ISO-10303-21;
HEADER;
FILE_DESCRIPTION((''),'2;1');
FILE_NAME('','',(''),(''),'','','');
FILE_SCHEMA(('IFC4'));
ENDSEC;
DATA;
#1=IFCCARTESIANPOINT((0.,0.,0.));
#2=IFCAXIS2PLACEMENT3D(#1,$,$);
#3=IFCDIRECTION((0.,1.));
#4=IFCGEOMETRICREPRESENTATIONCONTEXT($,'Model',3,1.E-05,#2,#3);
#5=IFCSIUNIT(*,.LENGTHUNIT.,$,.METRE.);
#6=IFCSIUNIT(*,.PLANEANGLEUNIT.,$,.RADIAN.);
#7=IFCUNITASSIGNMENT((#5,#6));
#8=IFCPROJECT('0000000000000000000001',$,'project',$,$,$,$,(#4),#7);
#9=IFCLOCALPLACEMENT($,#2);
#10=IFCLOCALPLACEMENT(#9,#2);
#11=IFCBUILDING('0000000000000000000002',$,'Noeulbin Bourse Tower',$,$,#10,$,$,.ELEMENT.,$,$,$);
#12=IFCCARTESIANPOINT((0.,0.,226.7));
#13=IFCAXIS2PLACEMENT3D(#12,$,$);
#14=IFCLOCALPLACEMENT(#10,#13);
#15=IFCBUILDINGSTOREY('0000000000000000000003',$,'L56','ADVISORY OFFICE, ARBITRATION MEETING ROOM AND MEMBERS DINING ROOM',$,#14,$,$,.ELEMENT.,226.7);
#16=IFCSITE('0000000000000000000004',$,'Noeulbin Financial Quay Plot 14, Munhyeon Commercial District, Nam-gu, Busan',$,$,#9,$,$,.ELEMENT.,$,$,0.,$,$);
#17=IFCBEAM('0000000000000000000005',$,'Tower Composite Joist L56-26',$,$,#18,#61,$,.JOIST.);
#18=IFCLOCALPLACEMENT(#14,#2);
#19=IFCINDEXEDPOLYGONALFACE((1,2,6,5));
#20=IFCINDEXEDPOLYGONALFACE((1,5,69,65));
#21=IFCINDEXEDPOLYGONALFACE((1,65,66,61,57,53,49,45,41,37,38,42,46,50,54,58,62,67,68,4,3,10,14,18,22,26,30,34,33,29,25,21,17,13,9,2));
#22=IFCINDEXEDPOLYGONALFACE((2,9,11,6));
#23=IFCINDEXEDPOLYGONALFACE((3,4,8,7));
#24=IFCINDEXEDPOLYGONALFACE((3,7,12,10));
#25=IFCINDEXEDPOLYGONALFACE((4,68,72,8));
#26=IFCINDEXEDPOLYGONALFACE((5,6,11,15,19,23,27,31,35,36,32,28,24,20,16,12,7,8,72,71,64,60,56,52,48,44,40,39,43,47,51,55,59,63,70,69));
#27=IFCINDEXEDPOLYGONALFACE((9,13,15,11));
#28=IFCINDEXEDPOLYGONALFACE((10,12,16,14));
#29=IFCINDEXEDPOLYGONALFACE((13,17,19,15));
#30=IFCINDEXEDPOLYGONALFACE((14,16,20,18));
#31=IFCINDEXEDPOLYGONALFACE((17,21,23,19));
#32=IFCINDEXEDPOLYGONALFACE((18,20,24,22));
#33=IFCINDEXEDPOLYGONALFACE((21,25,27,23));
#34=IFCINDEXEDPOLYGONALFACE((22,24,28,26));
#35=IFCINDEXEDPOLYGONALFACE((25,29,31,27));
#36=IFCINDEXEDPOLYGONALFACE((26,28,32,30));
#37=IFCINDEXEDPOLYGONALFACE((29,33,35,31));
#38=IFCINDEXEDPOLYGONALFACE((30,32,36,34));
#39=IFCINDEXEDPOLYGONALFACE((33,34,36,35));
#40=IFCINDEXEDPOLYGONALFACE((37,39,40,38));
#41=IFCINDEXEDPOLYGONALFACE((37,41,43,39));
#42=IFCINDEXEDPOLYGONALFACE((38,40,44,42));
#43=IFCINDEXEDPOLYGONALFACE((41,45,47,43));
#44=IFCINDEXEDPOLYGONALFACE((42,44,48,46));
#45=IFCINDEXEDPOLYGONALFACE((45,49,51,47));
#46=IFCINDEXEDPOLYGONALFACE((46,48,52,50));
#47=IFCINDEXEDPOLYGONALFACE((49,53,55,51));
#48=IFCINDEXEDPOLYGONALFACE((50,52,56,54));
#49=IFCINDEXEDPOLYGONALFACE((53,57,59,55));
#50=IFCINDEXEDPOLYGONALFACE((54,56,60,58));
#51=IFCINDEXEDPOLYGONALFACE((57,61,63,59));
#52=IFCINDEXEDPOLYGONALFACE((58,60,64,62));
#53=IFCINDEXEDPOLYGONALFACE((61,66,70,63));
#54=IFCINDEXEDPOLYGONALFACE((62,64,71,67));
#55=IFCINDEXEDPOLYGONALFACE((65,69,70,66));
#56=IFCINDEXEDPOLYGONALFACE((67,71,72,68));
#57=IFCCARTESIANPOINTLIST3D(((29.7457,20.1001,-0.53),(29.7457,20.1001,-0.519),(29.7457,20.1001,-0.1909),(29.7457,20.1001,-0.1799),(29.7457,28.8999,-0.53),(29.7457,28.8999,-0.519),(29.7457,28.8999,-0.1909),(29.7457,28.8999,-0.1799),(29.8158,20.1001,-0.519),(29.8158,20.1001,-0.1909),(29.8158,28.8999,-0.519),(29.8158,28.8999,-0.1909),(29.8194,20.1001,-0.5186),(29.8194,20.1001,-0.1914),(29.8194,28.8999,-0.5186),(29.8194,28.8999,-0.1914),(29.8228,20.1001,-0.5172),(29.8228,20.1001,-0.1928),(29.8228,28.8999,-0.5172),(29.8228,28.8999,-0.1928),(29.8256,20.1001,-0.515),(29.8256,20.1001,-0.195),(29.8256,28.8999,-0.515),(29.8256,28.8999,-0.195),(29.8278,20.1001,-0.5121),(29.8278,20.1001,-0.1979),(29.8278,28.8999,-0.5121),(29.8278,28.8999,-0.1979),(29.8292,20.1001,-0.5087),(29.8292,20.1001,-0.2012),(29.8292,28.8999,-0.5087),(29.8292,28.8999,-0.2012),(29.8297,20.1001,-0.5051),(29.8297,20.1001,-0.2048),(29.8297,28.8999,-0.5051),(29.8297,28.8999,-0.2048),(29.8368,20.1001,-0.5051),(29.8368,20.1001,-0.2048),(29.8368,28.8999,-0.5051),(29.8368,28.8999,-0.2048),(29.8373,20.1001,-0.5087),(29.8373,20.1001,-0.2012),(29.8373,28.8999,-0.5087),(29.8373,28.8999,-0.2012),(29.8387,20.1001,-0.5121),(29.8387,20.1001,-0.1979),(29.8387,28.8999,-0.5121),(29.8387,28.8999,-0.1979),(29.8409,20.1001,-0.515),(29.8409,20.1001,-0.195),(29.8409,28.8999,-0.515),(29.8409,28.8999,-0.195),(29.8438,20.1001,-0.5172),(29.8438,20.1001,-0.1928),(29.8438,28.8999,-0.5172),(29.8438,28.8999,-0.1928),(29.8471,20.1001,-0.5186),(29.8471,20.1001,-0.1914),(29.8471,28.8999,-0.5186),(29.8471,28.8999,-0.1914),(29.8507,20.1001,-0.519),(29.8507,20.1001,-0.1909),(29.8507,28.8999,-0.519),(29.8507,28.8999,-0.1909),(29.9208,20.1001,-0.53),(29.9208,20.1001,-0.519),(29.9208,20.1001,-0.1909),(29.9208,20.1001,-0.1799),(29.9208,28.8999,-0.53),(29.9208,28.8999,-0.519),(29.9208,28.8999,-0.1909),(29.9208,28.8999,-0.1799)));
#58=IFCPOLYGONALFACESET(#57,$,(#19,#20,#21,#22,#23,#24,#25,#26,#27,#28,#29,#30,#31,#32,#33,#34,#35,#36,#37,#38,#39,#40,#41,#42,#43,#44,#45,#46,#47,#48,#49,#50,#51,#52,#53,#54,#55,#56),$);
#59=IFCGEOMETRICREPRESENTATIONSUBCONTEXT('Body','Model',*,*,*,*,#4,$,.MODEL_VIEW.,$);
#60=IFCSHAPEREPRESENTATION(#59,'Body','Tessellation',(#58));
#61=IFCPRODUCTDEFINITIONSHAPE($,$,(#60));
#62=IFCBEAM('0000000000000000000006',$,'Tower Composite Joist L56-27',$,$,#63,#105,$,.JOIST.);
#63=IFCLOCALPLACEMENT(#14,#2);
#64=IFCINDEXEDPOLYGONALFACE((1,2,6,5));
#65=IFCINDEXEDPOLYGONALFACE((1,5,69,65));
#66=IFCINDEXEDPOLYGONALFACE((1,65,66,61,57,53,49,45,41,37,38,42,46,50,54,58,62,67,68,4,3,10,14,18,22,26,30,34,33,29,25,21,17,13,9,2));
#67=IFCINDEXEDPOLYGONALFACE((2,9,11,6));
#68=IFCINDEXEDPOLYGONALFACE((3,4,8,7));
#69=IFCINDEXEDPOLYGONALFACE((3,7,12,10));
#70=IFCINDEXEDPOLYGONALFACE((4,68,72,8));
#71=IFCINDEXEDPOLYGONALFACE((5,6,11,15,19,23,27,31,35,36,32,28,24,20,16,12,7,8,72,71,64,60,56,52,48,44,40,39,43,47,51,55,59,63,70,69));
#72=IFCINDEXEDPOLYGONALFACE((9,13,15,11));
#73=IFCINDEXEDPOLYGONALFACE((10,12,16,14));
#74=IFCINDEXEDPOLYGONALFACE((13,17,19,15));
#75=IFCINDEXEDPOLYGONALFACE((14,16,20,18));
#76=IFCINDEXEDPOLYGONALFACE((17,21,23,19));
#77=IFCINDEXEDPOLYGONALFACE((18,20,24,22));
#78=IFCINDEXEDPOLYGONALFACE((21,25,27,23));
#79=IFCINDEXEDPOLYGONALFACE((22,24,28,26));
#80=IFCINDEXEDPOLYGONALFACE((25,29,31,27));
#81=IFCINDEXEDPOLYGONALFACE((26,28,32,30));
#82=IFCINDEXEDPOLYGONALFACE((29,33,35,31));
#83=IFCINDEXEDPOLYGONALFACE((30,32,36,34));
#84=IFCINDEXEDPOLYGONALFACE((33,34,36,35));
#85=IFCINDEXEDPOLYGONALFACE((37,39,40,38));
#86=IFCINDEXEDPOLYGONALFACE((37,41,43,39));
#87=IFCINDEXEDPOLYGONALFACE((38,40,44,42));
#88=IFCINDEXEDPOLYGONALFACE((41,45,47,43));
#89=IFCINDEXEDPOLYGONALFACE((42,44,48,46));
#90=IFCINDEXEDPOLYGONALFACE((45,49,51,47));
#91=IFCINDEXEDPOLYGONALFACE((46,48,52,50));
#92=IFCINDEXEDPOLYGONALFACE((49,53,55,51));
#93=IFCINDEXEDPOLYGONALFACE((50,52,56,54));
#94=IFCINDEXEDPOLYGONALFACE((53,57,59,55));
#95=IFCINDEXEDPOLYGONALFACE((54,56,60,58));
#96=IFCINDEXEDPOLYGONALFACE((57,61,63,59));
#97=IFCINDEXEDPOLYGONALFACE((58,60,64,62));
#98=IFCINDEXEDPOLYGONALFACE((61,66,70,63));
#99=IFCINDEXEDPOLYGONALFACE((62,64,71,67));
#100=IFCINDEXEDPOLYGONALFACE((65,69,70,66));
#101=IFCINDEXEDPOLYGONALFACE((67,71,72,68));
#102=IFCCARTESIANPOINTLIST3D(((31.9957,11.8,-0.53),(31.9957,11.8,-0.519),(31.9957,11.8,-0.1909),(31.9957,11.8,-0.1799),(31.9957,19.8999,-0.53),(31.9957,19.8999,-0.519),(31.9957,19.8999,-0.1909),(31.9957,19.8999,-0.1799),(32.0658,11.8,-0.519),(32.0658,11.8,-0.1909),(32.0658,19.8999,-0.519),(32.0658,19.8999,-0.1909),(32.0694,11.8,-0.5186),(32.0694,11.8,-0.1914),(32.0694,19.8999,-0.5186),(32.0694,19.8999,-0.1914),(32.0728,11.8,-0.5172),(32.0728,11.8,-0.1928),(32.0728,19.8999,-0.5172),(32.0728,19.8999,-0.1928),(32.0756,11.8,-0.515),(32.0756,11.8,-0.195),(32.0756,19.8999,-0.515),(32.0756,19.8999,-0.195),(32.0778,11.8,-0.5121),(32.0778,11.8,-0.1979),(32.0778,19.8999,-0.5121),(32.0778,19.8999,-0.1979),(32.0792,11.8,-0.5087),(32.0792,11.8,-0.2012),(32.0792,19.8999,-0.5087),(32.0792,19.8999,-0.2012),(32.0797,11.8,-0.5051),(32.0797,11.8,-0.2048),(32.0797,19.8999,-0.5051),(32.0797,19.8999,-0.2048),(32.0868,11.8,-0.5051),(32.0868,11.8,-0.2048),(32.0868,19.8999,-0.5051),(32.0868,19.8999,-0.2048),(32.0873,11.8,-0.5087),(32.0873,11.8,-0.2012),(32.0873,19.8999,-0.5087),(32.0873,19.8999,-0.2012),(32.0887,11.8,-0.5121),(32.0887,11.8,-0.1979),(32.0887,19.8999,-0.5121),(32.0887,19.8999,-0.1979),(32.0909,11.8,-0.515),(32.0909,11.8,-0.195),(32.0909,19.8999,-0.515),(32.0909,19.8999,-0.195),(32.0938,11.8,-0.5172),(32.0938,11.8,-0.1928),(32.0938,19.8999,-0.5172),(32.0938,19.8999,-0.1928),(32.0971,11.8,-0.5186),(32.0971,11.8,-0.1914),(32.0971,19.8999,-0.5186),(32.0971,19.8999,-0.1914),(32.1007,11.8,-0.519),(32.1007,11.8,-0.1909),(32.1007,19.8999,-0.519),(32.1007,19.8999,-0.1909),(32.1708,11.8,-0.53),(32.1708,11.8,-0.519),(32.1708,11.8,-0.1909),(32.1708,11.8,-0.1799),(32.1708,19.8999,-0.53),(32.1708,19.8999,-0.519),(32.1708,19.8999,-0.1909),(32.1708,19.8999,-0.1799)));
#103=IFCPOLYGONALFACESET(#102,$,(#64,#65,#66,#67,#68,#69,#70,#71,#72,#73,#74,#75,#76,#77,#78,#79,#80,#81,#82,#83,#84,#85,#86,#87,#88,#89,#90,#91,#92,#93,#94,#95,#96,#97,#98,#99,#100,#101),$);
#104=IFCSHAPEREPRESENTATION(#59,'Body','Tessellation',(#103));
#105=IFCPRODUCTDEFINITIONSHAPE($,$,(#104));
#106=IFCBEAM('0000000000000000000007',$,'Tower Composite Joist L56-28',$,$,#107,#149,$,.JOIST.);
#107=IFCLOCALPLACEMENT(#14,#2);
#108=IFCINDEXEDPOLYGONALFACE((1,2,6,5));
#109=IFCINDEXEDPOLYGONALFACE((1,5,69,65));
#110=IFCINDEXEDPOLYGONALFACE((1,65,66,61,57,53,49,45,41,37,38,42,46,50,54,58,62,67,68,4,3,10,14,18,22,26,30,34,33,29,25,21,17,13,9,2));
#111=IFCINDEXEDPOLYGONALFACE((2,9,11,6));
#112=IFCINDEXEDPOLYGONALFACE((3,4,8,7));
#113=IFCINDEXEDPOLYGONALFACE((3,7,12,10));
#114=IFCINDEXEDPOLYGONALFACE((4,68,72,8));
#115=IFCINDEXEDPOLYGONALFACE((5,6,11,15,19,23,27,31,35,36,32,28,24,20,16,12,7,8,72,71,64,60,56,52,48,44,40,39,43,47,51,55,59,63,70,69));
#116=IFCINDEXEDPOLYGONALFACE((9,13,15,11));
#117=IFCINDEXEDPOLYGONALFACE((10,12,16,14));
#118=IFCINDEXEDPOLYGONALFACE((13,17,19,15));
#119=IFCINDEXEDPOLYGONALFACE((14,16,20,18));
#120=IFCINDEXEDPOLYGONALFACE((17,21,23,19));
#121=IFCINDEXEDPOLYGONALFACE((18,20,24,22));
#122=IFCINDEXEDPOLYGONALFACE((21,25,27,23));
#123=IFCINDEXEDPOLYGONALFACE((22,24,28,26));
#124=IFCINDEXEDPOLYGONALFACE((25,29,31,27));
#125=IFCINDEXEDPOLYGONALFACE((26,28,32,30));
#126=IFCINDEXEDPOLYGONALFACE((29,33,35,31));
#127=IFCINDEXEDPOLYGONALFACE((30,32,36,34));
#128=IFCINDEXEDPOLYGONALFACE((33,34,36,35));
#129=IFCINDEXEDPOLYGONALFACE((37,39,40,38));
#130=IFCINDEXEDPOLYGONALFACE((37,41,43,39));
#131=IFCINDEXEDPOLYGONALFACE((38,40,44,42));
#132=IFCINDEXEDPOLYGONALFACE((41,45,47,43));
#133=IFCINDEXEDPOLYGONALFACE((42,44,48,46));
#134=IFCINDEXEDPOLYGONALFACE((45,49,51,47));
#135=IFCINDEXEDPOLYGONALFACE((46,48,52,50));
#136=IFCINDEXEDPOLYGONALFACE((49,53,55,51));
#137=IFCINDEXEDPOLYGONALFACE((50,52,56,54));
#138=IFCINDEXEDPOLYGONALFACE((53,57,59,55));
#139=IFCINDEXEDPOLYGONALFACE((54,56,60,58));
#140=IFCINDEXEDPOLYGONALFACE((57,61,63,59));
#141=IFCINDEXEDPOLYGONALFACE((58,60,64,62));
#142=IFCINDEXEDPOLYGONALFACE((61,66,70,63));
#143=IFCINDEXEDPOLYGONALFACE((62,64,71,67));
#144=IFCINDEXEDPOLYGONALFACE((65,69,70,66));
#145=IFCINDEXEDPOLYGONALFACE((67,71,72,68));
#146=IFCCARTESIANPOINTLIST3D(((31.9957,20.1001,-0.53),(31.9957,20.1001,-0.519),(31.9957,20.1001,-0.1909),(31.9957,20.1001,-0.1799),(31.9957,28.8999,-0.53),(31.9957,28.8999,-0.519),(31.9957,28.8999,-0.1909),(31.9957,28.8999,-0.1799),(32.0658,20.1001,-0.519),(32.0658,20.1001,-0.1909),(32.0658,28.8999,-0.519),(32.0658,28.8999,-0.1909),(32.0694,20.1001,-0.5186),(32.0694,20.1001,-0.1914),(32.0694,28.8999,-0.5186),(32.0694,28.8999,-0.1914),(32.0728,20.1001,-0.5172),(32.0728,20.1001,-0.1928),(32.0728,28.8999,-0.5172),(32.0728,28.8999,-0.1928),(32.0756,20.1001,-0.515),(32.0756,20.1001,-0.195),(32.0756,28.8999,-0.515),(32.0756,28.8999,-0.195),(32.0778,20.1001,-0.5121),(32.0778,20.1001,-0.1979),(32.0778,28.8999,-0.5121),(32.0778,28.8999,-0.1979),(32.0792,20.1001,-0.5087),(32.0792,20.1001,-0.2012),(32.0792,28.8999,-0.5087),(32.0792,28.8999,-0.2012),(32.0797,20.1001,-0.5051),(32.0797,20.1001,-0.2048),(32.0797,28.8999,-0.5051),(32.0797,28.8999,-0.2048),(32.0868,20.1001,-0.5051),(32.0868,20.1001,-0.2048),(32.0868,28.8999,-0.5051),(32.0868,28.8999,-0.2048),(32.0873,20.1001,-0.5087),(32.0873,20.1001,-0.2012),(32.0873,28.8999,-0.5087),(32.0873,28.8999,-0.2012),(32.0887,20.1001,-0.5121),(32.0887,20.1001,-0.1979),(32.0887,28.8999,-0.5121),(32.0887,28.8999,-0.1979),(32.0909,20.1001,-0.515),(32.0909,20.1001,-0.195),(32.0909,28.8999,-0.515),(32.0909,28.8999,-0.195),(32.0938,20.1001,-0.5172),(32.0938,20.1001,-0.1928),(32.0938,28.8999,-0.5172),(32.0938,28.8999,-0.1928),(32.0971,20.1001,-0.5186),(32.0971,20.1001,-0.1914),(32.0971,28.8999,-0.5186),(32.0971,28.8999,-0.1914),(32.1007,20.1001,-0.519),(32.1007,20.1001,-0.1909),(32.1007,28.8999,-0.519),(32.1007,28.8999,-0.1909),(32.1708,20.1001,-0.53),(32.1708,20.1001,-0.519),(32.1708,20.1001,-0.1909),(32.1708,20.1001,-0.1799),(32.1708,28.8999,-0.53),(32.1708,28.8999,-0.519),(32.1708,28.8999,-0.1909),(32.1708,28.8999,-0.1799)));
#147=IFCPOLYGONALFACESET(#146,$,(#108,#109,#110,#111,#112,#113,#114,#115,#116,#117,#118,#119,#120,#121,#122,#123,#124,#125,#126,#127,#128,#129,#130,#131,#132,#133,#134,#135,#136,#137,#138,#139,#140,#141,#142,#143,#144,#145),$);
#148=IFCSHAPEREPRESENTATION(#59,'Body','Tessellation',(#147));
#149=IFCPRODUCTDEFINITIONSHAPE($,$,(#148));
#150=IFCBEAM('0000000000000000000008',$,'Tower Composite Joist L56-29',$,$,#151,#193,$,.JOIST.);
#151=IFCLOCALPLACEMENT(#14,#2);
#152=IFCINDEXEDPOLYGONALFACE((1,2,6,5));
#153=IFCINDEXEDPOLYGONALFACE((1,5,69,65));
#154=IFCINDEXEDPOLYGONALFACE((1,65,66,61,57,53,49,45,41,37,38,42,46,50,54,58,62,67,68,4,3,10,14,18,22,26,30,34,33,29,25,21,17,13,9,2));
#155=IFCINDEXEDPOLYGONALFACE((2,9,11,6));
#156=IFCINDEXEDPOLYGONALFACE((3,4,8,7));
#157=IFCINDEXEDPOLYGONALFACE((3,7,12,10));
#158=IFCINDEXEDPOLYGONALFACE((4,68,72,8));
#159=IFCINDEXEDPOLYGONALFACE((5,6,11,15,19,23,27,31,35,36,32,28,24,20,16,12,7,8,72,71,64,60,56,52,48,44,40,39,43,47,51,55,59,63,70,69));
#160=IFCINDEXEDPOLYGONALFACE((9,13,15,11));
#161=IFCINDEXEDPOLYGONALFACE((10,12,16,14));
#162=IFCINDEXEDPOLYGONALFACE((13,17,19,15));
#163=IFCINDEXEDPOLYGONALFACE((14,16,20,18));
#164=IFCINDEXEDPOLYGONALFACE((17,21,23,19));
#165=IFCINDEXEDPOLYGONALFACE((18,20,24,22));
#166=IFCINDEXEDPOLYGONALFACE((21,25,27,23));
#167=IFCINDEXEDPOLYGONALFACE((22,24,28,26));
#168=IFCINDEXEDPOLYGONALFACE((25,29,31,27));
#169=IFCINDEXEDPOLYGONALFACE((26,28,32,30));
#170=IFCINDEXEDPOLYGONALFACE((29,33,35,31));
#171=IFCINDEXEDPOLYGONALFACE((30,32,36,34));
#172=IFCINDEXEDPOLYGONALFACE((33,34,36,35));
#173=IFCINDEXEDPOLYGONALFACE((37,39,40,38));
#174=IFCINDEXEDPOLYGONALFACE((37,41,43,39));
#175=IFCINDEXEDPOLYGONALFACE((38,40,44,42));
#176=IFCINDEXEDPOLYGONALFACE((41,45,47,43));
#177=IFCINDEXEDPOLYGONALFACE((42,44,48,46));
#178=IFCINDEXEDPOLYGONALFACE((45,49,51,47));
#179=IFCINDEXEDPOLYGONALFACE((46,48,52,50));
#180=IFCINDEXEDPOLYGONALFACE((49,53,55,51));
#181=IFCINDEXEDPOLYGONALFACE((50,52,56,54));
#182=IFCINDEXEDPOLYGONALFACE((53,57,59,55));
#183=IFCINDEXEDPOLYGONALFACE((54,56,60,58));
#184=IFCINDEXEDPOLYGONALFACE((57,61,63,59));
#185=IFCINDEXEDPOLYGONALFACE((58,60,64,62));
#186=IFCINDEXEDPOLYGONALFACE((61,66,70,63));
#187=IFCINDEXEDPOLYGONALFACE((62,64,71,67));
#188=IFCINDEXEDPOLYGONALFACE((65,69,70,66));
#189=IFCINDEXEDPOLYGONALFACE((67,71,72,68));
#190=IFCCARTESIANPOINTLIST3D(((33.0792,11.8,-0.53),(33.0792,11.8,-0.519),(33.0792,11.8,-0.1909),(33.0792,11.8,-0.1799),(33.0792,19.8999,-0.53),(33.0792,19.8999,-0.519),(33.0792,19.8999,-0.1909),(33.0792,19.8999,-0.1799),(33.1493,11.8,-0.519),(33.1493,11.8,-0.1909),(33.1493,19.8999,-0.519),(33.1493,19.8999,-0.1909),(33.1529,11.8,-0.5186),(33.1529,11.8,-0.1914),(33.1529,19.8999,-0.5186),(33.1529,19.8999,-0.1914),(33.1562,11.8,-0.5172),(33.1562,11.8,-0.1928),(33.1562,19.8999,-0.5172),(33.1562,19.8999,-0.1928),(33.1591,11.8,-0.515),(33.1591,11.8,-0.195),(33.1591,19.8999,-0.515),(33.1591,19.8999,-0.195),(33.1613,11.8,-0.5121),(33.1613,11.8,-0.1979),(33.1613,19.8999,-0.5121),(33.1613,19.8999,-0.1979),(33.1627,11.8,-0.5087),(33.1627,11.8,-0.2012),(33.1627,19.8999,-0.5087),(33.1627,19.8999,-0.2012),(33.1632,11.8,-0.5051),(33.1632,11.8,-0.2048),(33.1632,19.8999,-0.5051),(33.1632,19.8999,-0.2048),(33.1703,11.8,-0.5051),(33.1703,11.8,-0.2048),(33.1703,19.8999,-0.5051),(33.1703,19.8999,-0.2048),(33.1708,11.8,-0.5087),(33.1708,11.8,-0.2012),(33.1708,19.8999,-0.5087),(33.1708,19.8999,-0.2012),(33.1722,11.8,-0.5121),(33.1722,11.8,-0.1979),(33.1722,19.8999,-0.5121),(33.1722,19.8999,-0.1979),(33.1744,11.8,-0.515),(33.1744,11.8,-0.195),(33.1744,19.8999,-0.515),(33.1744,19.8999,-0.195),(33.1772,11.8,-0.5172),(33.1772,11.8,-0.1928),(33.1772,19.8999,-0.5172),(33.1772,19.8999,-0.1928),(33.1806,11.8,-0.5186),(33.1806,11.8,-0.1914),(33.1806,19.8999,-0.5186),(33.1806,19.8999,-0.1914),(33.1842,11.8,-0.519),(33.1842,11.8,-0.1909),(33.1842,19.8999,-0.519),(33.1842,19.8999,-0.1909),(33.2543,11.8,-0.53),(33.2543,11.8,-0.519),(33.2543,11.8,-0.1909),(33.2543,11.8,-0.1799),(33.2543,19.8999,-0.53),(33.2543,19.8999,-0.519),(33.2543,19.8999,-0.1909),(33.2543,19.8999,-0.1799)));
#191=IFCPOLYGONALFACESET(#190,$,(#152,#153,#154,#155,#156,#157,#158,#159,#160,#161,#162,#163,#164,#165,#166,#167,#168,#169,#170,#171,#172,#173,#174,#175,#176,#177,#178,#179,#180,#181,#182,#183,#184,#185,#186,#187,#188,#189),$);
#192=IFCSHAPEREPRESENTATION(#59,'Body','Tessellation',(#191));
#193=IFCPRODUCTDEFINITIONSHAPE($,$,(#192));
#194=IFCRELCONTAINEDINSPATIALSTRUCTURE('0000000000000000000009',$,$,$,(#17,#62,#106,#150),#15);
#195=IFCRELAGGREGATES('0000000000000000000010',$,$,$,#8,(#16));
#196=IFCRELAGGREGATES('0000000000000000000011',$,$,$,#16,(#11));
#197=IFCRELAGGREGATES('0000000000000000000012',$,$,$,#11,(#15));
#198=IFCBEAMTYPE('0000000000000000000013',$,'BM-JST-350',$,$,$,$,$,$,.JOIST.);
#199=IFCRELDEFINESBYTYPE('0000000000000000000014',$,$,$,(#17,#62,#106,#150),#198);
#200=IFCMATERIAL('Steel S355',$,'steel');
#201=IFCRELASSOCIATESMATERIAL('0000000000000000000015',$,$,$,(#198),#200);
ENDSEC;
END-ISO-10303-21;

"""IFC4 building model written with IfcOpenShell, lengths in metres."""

from ifc_helpers import new_model, si_unit, direction, frame, origin, origin_2d, place, context, subcontext, project, spatial, i_section, extrude, material, material_profile, profile_set, type_object, element, save


model = new_model("IFC4")

# Units and contexts
model_context = context("Model", 3, precision=1e-05, world=origin(), true_north=direction((0.0, 1.0)))
body_context = subcontext(model_context, "Body", "Model", "MODEL_VIEW")
ifc_project = project(units=[si_unit("LENGTHUNIT", "METRE"), si_unit("PLANEANGLEUNIT", "RADIAN")], contexts=[model_context])

# Site, building, storey
site_placement = place(None, origin())
site = spatial("IfcSite", under=ifc_project, at=site_placement, Name="Noeulbin Financial Quay Plot 14, Munhyeon Commercial District, Nam-gu, Busan", CompositionType="ELEMENT", RefElevation=0.0)
building_placement = place(site_placement, origin())
building = spatial("IfcBuilding", under=site, at=building_placement, Name="Noeulbin Bourse Tower", CompositionType="ELEMENT")
storey_placement = place(building_placement, frame((0.0, 0.0, 226.7)))
storey = spatial("IfcBuildingStorey", under=building, at=storey_placement, Name="L56", Description="ADVISORY OFFICE, ARBITRATION MEETING ROOM AND MEMBERS DINING ROOM", CompositionType="ELEMENT", Elevation=226.7)

# Shared definitions
ifc_material_1 = material(Name="Steel S355", Category="steel")

# Beams
ifc_material_profile_1 = material_profile(ifc_material_1, i_section(OverallWidth=0.175, OverallDepth=0.3501, WebThickness=0.0071, FlangeThickness=0.011, FilletRadius=0.0139, at=origin_2d()), Name="H-350x175x7x11", Category="LoadBearing")
ifc_profile_set_1 = profile_set([ifc_material_profile_1], Name="Steel S355")
beam_type_1 = type_object("IfcBeamType", Name="BM-JST-350", PredefinedType="JOIST", material=ifc_profile_set_1)
beam_1_placement = place(storey_placement, frame((29.8333, 20.1001, -0.355), z_axis=(0.0, 1.0, 0.0), x_axis=(-1.0, 0.0, 0.0)))
element("IfcBeam", 1, at=beam_1_placement, inside=storey, type_object=beam_type_1, Name="Tower Composite Joist L56-26", PredefinedType="JOIST", context=body_context, shape_type="SweptSolid", body=[
    extrude(i_section(OverallWidth=0.175, OverallDepth=0.3501, WebThickness=0.0071, FlangeThickness=0.011, FilletRadius=0.0139, at=origin_2d()), origin(), (0.0, 0.0, 1.0), 8.7998),
])
beam_2_placement = place(storey_placement, frame((32.0833, 11.8, -0.355), z_axis=(0.0, 1.0, 0.0), x_axis=(-1.0, 0.0, 0.0)))
element("IfcBeam", 2, at=beam_2_placement, inside=storey, type_object=beam_type_1, Name="Tower Composite Joist L56-27", PredefinedType="JOIST", context=body_context, shape_type="SweptSolid", body=[
    extrude(i_section(OverallWidth=0.175, OverallDepth=0.3501, WebThickness=0.0071, FlangeThickness=0.011, FilletRadius=0.0139, at=origin_2d()), origin(), (0.0, 0.0, 1.0), 8.0999),
])
beam_3_placement = place(storey_placement, frame((32.0833, 20.1001, -0.355), z_axis=(0.0, 1.0, 0.0), x_axis=(-1.0, 0.0, 0.0)))
element("IfcBeam", 3, at=beam_3_placement, inside=storey, type_object=beam_type_1, Name="Tower Composite Joist L56-28", PredefinedType="JOIST", context=body_context, shape_type="SweptSolid", body=[
    extrude(i_section(OverallWidth=0.175, OverallDepth=0.3501, WebThickness=0.0071, FlangeThickness=0.011, FilletRadius=0.0139, at=origin_2d()), origin(), (0.0, 0.0, 1.0), 8.7998),
])
beam_4_placement = place(storey_placement, frame((33.1667, 11.8, -0.355), z_axis=(0.0, 1.0, 0.0), x_axis=(-1.0, 0.0, 0.0)))
element("IfcBeam", 4, at=beam_4_placement, inside=storey, type_object=beam_type_1, Name="Tower Composite Joist L56-29", PredefinedType="JOIST", context=body_context, shape_type="SweptSolid", body=[
    extrude(i_section(OverallWidth=0.175, OverallDepth=0.3501, WebThickness=0.0071, FlangeThickness=0.011, FilletRadius=0.0139, at=origin_2d()), origin(), (0.0, 0.0, 1.0), 8.0999),
])

save(model, "model.ifc")
